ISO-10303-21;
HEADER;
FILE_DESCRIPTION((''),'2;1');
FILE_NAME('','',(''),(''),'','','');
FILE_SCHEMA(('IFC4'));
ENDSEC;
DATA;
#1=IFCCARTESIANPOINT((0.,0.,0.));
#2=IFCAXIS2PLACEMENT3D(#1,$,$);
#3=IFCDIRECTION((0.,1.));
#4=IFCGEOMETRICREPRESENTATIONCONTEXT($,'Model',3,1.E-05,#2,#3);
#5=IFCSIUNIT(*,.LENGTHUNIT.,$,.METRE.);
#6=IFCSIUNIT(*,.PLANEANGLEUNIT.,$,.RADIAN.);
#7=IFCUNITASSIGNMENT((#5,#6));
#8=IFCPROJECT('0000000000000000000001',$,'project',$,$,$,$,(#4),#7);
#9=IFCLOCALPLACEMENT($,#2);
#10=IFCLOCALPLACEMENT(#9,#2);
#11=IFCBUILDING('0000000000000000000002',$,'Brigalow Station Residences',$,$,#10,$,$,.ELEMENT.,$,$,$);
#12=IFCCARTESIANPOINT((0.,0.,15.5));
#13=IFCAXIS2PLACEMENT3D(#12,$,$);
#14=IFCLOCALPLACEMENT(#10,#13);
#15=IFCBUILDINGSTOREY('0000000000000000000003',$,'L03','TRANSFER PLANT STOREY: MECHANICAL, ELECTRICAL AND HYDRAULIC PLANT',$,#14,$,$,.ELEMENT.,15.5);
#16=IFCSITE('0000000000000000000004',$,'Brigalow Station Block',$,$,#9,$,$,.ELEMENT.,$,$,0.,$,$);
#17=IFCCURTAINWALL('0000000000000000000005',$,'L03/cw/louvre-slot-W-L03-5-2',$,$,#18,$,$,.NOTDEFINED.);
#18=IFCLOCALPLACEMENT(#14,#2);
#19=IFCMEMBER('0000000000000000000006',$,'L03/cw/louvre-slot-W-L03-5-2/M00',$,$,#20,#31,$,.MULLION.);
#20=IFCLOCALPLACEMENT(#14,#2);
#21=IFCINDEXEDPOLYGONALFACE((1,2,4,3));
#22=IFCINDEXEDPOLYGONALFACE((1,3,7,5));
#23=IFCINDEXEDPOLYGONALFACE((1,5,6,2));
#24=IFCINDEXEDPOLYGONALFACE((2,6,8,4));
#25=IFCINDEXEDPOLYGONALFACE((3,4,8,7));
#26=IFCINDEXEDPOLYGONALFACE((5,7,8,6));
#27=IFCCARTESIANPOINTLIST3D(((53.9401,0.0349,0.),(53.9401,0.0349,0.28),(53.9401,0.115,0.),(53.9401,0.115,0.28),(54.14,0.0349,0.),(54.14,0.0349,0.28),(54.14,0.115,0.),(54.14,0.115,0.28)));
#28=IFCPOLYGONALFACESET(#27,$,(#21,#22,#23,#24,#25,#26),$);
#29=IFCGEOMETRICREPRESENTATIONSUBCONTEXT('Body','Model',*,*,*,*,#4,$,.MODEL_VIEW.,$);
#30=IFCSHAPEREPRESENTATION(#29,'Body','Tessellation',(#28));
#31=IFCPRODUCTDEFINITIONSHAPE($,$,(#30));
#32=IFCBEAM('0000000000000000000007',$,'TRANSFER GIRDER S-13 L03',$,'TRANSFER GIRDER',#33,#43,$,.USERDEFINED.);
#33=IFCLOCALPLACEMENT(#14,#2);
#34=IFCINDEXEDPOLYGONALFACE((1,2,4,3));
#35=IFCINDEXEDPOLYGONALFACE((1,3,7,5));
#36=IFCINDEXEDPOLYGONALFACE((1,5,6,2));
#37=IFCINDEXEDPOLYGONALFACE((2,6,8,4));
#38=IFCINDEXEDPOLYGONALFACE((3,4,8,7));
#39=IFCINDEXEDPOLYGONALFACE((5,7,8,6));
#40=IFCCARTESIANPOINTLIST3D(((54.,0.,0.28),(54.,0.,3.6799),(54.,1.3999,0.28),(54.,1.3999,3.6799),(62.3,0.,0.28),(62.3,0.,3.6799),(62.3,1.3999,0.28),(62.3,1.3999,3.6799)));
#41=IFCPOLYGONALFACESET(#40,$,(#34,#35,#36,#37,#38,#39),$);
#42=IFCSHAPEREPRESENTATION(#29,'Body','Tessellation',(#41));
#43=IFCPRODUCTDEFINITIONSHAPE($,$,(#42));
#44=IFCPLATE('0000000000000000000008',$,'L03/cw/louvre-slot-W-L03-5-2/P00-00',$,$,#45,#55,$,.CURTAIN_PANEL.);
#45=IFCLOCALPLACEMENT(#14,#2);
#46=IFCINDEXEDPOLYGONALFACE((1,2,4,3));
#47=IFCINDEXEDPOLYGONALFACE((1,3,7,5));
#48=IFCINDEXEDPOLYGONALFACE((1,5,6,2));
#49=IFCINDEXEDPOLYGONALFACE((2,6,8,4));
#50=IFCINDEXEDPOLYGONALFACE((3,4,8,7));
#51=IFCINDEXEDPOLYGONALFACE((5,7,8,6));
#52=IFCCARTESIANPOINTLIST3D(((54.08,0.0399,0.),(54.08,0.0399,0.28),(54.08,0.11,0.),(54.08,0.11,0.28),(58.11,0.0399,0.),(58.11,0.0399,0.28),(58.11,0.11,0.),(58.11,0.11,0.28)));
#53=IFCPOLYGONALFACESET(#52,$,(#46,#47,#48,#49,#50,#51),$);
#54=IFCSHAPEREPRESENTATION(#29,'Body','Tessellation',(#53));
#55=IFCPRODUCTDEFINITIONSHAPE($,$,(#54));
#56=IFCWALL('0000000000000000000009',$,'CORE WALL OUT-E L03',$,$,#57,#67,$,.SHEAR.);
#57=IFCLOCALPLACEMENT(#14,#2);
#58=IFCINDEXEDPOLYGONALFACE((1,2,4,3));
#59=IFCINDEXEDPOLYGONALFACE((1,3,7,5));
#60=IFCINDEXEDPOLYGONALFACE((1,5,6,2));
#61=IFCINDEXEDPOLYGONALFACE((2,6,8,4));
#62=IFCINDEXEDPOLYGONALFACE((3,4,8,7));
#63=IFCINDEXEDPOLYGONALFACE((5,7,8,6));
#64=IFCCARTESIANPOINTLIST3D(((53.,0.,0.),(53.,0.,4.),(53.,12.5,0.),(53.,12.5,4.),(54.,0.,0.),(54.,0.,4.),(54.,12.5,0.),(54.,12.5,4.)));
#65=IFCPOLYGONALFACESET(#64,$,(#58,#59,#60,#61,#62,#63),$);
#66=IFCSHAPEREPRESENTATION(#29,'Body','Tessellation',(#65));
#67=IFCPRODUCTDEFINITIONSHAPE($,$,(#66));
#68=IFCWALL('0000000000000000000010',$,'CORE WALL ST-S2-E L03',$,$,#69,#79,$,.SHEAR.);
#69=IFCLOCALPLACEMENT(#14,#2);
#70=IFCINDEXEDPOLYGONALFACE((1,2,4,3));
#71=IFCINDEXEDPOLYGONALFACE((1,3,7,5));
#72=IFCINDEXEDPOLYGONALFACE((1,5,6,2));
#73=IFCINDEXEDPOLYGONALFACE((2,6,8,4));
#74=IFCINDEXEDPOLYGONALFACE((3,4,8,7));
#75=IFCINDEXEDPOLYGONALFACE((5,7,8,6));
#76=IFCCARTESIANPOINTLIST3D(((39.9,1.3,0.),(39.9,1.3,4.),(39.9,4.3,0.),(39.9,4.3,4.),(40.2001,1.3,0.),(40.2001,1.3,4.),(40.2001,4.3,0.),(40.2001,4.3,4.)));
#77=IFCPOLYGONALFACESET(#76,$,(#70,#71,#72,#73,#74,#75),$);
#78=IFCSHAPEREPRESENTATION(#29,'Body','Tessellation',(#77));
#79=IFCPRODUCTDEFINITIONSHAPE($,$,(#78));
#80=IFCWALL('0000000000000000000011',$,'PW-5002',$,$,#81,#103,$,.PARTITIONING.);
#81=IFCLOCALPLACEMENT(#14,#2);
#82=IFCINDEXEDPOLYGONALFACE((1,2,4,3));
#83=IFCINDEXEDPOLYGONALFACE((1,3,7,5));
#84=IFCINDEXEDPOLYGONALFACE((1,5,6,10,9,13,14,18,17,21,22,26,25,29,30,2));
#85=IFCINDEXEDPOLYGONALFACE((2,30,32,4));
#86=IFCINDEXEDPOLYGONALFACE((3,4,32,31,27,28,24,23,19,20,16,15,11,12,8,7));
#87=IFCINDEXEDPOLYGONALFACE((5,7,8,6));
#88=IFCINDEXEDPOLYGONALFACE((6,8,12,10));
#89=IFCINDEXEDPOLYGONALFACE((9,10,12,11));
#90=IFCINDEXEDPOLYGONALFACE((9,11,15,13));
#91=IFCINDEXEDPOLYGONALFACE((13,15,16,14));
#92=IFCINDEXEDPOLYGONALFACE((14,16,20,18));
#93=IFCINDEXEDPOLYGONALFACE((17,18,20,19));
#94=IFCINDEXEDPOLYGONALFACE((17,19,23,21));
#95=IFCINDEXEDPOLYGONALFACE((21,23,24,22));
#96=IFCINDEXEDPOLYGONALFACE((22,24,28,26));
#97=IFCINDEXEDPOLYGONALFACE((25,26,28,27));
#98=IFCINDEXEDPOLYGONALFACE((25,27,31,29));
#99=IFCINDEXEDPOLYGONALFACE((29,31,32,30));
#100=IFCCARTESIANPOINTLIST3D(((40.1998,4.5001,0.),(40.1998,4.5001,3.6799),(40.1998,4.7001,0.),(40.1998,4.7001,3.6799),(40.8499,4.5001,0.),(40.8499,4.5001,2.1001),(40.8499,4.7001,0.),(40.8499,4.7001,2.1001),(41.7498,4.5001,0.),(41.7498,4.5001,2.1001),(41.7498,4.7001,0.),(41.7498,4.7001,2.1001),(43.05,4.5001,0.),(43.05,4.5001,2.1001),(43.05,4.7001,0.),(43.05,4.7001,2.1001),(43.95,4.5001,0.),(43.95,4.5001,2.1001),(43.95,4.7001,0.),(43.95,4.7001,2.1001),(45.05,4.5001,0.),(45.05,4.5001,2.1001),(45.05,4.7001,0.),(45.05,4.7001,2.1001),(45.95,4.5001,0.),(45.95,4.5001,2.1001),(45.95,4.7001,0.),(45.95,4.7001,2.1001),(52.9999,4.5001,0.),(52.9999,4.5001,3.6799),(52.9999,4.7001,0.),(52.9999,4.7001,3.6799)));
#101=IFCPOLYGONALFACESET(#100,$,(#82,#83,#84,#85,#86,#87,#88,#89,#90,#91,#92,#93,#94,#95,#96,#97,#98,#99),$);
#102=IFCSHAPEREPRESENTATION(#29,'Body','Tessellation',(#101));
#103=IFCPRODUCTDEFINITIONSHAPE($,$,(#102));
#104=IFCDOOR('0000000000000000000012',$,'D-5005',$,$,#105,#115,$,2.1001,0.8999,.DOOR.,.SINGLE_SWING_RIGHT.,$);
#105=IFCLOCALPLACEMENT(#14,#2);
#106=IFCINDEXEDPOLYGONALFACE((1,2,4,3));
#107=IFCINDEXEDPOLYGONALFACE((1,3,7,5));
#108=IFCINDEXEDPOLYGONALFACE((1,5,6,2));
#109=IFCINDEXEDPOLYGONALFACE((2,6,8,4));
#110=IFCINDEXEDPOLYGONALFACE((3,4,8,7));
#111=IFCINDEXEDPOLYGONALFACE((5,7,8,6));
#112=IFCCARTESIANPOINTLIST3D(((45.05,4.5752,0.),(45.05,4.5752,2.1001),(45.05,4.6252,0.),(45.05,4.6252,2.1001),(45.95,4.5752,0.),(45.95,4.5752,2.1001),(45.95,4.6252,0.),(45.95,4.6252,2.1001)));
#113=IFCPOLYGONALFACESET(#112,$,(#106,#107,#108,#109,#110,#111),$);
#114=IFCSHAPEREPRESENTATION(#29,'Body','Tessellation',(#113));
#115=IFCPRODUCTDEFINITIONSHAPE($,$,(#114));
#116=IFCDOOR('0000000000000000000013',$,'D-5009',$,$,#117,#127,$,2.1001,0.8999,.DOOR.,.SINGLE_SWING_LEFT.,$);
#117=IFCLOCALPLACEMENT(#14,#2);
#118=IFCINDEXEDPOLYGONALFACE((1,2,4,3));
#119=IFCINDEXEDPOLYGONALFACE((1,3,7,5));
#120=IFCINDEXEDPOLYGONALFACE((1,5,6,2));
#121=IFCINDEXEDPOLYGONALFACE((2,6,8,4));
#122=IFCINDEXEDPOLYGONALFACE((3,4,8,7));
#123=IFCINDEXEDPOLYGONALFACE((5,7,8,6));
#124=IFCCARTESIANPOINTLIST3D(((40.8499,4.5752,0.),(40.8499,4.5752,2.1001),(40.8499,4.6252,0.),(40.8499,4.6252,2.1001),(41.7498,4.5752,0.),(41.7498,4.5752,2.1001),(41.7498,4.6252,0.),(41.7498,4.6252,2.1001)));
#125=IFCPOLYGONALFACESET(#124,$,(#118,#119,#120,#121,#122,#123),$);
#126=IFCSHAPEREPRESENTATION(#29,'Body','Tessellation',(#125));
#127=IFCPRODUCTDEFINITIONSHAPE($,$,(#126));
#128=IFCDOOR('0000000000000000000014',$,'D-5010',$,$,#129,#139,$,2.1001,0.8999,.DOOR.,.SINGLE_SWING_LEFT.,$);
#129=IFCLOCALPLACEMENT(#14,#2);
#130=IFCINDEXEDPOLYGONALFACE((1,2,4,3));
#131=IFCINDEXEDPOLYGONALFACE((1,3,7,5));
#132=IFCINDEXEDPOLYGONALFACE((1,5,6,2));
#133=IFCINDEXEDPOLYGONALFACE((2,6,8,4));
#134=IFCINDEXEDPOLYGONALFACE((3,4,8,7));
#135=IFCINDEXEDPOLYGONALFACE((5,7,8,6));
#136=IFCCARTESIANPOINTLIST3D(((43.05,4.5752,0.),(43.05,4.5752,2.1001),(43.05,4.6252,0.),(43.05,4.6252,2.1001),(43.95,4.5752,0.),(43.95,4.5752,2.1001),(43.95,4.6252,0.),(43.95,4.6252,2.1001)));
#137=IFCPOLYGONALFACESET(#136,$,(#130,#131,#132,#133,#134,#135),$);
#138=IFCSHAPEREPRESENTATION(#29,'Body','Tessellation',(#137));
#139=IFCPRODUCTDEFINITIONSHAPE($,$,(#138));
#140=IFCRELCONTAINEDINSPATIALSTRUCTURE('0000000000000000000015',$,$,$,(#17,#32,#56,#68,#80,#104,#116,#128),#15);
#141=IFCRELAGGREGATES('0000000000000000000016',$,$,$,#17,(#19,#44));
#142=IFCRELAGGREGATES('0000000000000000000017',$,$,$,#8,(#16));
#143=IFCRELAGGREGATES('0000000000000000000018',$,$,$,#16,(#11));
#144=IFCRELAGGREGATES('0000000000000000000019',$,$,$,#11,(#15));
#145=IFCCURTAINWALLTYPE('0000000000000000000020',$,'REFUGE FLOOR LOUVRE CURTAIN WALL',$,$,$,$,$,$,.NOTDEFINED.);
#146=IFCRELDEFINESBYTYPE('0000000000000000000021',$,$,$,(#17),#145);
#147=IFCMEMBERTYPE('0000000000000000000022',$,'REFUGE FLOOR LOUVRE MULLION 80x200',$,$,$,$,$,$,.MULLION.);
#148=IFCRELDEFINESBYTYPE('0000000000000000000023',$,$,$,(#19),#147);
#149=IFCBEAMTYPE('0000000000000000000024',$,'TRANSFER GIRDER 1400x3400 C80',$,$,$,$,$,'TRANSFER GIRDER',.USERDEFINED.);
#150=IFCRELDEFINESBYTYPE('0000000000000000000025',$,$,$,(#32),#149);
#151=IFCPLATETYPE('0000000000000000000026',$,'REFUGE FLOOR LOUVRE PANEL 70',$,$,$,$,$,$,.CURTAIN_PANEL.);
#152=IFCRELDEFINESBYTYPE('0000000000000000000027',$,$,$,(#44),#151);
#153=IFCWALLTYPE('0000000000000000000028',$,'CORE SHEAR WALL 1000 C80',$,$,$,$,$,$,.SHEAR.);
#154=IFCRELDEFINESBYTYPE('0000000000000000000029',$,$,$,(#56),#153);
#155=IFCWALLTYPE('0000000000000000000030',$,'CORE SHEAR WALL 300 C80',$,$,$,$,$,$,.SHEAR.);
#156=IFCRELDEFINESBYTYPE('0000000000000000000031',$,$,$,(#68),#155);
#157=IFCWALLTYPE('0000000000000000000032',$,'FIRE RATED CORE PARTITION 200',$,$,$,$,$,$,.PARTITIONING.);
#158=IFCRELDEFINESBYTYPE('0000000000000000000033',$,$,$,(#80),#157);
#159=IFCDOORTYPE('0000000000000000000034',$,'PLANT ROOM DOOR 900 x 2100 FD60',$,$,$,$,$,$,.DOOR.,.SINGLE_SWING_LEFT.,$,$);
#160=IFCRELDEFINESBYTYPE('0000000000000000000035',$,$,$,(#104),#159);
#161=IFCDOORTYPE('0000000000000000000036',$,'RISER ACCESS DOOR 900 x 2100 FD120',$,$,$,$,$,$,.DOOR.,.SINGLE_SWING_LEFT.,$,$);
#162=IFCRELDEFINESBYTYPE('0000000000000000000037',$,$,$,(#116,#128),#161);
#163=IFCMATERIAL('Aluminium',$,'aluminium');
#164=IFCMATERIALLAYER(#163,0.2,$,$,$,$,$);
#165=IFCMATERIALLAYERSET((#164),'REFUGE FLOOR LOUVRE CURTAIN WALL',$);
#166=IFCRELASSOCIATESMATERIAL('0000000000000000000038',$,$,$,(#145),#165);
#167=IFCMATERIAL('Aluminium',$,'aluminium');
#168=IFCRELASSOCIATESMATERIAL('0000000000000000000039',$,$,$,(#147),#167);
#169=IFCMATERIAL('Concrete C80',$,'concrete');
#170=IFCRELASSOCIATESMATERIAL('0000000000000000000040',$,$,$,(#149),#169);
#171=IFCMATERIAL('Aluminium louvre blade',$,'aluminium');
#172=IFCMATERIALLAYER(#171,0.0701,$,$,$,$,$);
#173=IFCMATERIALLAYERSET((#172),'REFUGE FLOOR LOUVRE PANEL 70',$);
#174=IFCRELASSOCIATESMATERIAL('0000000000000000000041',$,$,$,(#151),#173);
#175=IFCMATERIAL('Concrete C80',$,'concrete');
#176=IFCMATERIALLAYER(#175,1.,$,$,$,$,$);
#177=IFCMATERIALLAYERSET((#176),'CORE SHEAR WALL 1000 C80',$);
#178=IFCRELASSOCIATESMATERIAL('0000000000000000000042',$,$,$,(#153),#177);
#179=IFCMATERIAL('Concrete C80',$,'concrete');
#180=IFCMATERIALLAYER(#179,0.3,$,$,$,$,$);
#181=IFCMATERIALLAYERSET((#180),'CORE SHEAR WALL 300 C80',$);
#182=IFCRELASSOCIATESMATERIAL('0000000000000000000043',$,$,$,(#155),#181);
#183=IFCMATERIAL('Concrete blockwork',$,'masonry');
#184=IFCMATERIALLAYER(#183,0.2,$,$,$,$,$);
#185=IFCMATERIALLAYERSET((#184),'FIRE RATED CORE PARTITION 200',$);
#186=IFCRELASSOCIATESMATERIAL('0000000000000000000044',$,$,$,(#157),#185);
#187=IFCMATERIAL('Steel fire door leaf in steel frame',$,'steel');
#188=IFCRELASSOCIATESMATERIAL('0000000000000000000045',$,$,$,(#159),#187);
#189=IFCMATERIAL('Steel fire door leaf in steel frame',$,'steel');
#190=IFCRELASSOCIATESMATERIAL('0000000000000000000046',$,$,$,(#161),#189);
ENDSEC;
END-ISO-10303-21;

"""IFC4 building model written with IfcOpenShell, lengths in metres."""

from ifc_helpers import new_model, si_unit, direction, frame, frame_2d, origin, origin_2d, place, context, subcontext, project, spatial, rectangle, extrude, material, layer, layer_set, material_profile, profile_set, type_object, element, fill, aggregate, save


model = new_model("IFC4")

# Units and contexts
model_context = context("Model", 3, precision=1e-05, world=origin(), true_north=direction((0.0, 1.0)))
body_context = subcontext(model_context, "Body", "Model", "MODEL_VIEW")
ifc_project = project(units=[si_unit("LENGTHUNIT", "METRE"), si_unit("PLANEANGLEUNIT", "RADIAN")], contexts=[model_context])

# Site, building, storey
site_placement = place(None, origin())
site = spatial("IfcSite", under=ifc_project, at=site_placement, Name="Brigalow Station Block", CompositionType="ELEMENT", RefElevation=0.0)
building_placement = place(site_placement, origin())
building = spatial("IfcBuilding", under=site, at=building_placement, Name="Brigalow Station Residences", CompositionType="ELEMENT")
storey_placement = place(building_placement, frame((0.0, 0.0, 15.5)))
storey = spatial("IfcBuildingStorey", under=building, at=storey_placement, Name="L03", Description="TRANSFER PLANT STOREY: MECHANICAL, ELECTRICAL AND HYDRAULIC PLANT", CompositionType="ELEMENT", Elevation=15.5)

# Curtain wall, member
ifc_material_1 = material(Name="Aluminium", Category="aluminium")
ifc_layer_1 = layer(ifc_material_1, 0.2)
ifc_layer_set_1 = layer_set([ifc_layer_1], Name="REFUGE FLOOR LOUVRE CURTAIN WALL")
curtain_wall_type = type_object("IfcCurtainWallType", Name="REFUGE FLOOR LOUVRE CURTAIN WALL", PredefinedType="NOTDEFINED", material=ifc_layer_set_1)
curtain_wall_placement = place(storey_placement, origin())
curtain_wall = element("IfcCurtainWall", 1, at=curtain_wall_placement, inside=storey, type_object=curtain_wall_type, Name="L03/cw/louvre-slot-W-L03-5-2", PredefinedType="NOTDEFINED")
ifc_material_2 = material(Name="Aluminium", Category="aluminium")
ifc_material_profile_1 = material_profile(ifc_material_2, rectangle(XDim=0.0801, YDim=0.2, at=origin_2d()), Name="REFUGE FLOOR LOUVRE MULLION 80x200")
ifc_profile_set_1 = profile_set([ifc_material_profile_1], Name="Aluminium")
member_type = type_object("IfcMemberType", Name="REFUGE FLOOR LOUVRE MULLION 80x200", PredefinedType="MULLION", material=ifc_profile_set_1)
member_placement = place(storey_placement, frame((54.04, 0.075, 0.0), z_axis=(0.0, 0.0, 1.0), x_axis=(0.0, 1.0, 0.0)))
member = element("IfcMember", 2, at=member_placement, type_object=member_type, Name="L03/cw/louvre-slot-W-L03-5-2/M00", PredefinedType="MULLION", context=body_context, shape_type="SweptSolid", body=[
    extrude(rectangle(XDim=0.0801, YDim=0.2, at=origin_2d()), origin(), (0.0, 0.0, 1.0), 0.28),
])

# Beam
ifc_material_3 = material(Name="Concrete C80", Category="concrete")
ifc_material_profile_2 = material_profile(ifc_material_3, rectangle(XDim=1.3999, YDim=3.3999, at=origin_2d()), Name="RC1400x3400")
ifc_profile_set_2 = profile_set([ifc_material_profile_2], Name="Concrete C80")
beam_type = type_object("IfcBeamType", Name="TRANSFER GIRDER 1400x3400 C80", ElementType="TRANSFER GIRDER", PredefinedType="USERDEFINED", material=ifc_profile_set_2)
beam_placement = place(storey_placement, frame((54.0, 0.7, 1.98), z_axis=(1.0, 0.0, 0.0), x_axis=(0.0, 1.0, 0.0)))
element("IfcBeam", 3, at=beam_placement, inside=storey, type_object=beam_type, Name="TRANSFER GIRDER S-13 L03", ObjectType="TRANSFER GIRDER", PredefinedType="USERDEFINED", context=body_context, shape_type="SweptSolid", body=[
    extrude(rectangle(XDim=1.3999, YDim=3.3999, at=origin_2d()), origin(), (0.0, 0.0, 1.0), 8.3),
])

# Plate
ifc_material_4 = material(Name="Aluminium louvre blade", Category="aluminium")
ifc_layer_2 = layer(ifc_material_4, 0.0701)
ifc_layer_set_2 = layer_set([ifc_layer_2], Name="REFUGE FLOOR LOUVRE PANEL 70")
plate_type = type_object("IfcPlateType", Name="REFUGE FLOOR LOUVRE PANEL 70", PredefinedType="CURTAIN_PANEL", material=ifc_layer_set_2)
plate_placement = place(storey_placement, frame((56.095, 0.075, 0.0), z_axis=(0.0, 0.0, 1.0), x_axis=(1.0, 0.0, 0.0)))
plate = element("IfcPlate", 4, at=plate_placement, type_object=plate_type, Name="L03/cw/louvre-slot-W-L03-5-2/P00-00", PredefinedType="CURTAIN_PANEL", context=body_context, shape_type="SweptSolid", body=[
    extrude(rectangle(XDim=4.03, YDim=0.0701, at=origin_2d()), origin(), (0.0, 0.0, 1.0), 0.28),
])
aggregate(curtain_wall, [member, plate])

# Walls
ifc_material_5 = material(Name="Concrete C80", Category="concrete")
ifc_layer_3 = layer(ifc_material_5, 1.0)
ifc_layer_set_3 = layer_set([ifc_layer_3], Name="CORE SHEAR WALL 1000 C80")
wall_type_1 = type_object("IfcWallType", Name="CORE SHEAR WALL 1000 C80", PredefinedType="SHEAR", material=ifc_layer_set_3)
wall_1_placement = place(storey_placement, frame((53.5, 0.0, 0.0), z_axis=(0.0, 0.0, 1.0), x_axis=(0.0, 1.0, 0.0)))
element("IfcWall", 5, at=wall_1_placement, inside=storey, type_object=wall_type_1, Name="CORE WALL OUT-E L03", PredefinedType="SHEAR", context=body_context, shape_type="SweptSolid", body=[
    extrude(rectangle(XDim=12.5, YDim=1.0, at=frame_2d((6.25, 0.0))), origin(), (0.0, 0.0, 1.0), 4.0),
])
ifc_material_6 = material(Name="Concrete C80", Category="concrete")
ifc_layer_4 = layer(ifc_material_6, 0.3)
ifc_layer_set_4 = layer_set([ifc_layer_4], Name="CORE SHEAR WALL 300 C80")
wall_type_2 = type_object("IfcWallType", Name="CORE SHEAR WALL 300 C80", PredefinedType="SHEAR", material=ifc_layer_set_4)
wall_2_placement = place(storey_placement, frame((40.05, 1.3, 0.0), z_axis=(0.0, 0.0, 1.0), x_axis=(0.0, 1.0, 0.0)))
element("IfcWall", 6, at=wall_2_placement, inside=storey, type_object=wall_type_2, Name="CORE WALL ST-S2-E L03", PredefinedType="SHEAR", context=body_context, shape_type="SweptSolid", body=[
    extrude(rectangle(XDim=3.0, YDim=0.3, at=frame_2d((1.5, 0.0))), origin(), (0.0, 0.0, 1.0), 4.0),
])

# Wall, openings, doors
ifc_material_7 = material(Name="Concrete blockwork", Category="masonry")
ifc_layer_5 = layer(ifc_material_7, 0.2)
ifc_layer_set_5 = layer_set([ifc_layer_5], Name="FIRE RATED CORE PARTITION 200")
wall_type_3 = type_object("IfcWallType", Name="FIRE RATED CORE PARTITION 200", PredefinedType="PARTITIONING", material=ifc_layer_set_5)
wall_3_placement = place(storey_placement, frame((40.2, 4.6001, 0.0), z_axis=(0.0, 0.0, 1.0), x_axis=(1.0, 0.0, 0.0)))
wall_3 = element("IfcWall", 7, at=wall_3_placement, inside=storey, type_object=wall_type_3, Name="PW-5002", PredefinedType="PARTITIONING", context=body_context, shape_type="SweptSolid", body=[
    extrude(rectangle(XDim=12.8, YDim=0.2, at=frame_2d((6.3999, 0.0))), origin(), (0.0, 0.0, 1.0), 3.6799),
])
opening_1_placement = place(wall_3_placement, frame((4.8501, 0.0, 0.0)))
opening_1 = element("IfcOpeningElement", 8, at=opening_1_placement, cuts=wall_3, PredefinedType="OPENING", context=body_context, shape_type="SweptSolid", body=[
    extrude(rectangle(XDim=0.8999, YDim=2.1001, at=frame_2d((0.45, 1.05))), frame((0.0, 0.1099, 0.0), z_axis=(0.0, -1.0, 0.0), x_axis=(1.0, 0.0, 0.0)), (0.0, 0.0, 1.0), 0.22),
])
opening_2_placement = place(wall_3_placement, frame((0.6499, 0.0, 0.0)))
opening_2 = element("IfcOpeningElement", 9, at=opening_2_placement, cuts=wall_3, PredefinedType="OPENING", context=body_context, shape_type="SweptSolid", body=[
    extrude(rectangle(XDim=0.8999, YDim=2.1001, at=frame_2d((0.45, 1.05))), frame((0.0, 0.1099, 0.0), z_axis=(0.0, -1.0, 0.0), x_axis=(1.0, 0.0, 0.0)), (0.0, 0.0, 1.0), 0.22),
])
opening_3_placement = place(wall_3_placement, frame((2.8501, 0.0, 0.0)))
opening_3 = element("IfcOpeningElement", 10, at=opening_3_placement, cuts=wall_3, PredefinedType="OPENING", context=body_context, shape_type="SweptSolid", body=[
    extrude(rectangle(XDim=0.8999, YDim=2.1001, at=frame_2d((0.45, 1.05))), frame((0.0, 0.1099, 0.0), z_axis=(0.0, -1.0, 0.0), x_axis=(1.0, 0.0, 0.0)), (0.0, 0.0, 1.0), 0.22),
])
ifc_material_8 = material(Name="Steel fire door leaf in steel frame", Category="steel")
door_type_1 = type_object("IfcDoorType", Name="PLANT ROOM DOOR 900 x 2100 FD60", OperationType="SINGLE_SWING_LEFT", PredefinedType="DOOR", material=ifc_material_8)
door_1_placement = place(opening_1_placement, frame((0.8999, 0.0, 0.0), z_axis=(0.0, 0.0, 1.0), x_axis=(-1.0, 0.0, 0.0)))
door_1 = element("IfcDoor", 11, at=door_1_placement, inside=storey, type_object=door_type_1, Name="D-5005", OperationType="SINGLE_SWING_RIGHT", OverallHeight=2.1001, OverallWidth=0.8999, PredefinedType="DOOR", context=body_context, shape_type="SweptSolid", body=[
    extrude(rectangle(XDim=0.8999, YDim=2.1001, at=frame_2d((0.45, 1.05))), frame((0.0, 0.0249, 0.0), z_axis=(0.0, -1.0, 0.0), x_axis=(1.0, 0.0, 0.0)), (0.0, 0.0, 1.0), 0.05),
])
fill(opening_1, door_1)
ifc_material_9 = material(Name="Steel fire door leaf in steel frame", Category="steel")
door_type_2 = type_object("IfcDoorType", Name="RISER ACCESS DOOR 900 x 2100 FD120", OperationType="SINGLE_SWING_LEFT", PredefinedType="DOOR", material=ifc_material_9)
door_2_placement = place(opening_2_placement, frame((0.8999, 0.0, 0.0), z_axis=(0.0, 0.0, 1.0), x_axis=(-1.0, 0.0, 0.0)))
door_2 = element("IfcDoor", 12, at=door_2_placement, inside=storey, type_object=door_type_2, Name="D-5009", OperationType="SINGLE_SWING_LEFT", OverallHeight=2.1001, OverallWidth=0.8999, PredefinedType="DOOR", context=body_context, shape_type="SweptSolid", body=[
    extrude(rectangle(XDim=0.8999, YDim=2.1001, at=frame_2d((0.45, 1.05))), frame((0.0, 0.0249, 0.0), z_axis=(0.0, -1.0, 0.0), x_axis=(1.0, 0.0, 0.0)), (0.0, 0.0, 1.0), 0.05),
])
fill(opening_2, door_2)
door_3_placement = place(opening_3_placement, frame((0.8999, 0.0, 0.0), z_axis=(0.0, 0.0, 1.0), x_axis=(-1.0, 0.0, 0.0)))
door_3 = element("IfcDoor", 13, at=door_3_placement, inside=storey, type_object=door_type_2, Name="D-5010", OperationType="SINGLE_SWING_LEFT", OverallHeight=2.1001, OverallWidth=0.8999, PredefinedType="DOOR", context=body_context, shape_type="SweptSolid", body=[
    extrude(rectangle(XDim=0.8999, YDim=2.1001, at=frame_2d((0.45, 1.05))), frame((0.0, 0.0249, 0.0), z_axis=(0.0, -1.0, 0.0), x_axis=(1.0, 0.0, 0.0)), (0.0, 0.0, 1.0), 0.05),
])
fill(opening_3, door_3)

save(model, "model.ifc")
